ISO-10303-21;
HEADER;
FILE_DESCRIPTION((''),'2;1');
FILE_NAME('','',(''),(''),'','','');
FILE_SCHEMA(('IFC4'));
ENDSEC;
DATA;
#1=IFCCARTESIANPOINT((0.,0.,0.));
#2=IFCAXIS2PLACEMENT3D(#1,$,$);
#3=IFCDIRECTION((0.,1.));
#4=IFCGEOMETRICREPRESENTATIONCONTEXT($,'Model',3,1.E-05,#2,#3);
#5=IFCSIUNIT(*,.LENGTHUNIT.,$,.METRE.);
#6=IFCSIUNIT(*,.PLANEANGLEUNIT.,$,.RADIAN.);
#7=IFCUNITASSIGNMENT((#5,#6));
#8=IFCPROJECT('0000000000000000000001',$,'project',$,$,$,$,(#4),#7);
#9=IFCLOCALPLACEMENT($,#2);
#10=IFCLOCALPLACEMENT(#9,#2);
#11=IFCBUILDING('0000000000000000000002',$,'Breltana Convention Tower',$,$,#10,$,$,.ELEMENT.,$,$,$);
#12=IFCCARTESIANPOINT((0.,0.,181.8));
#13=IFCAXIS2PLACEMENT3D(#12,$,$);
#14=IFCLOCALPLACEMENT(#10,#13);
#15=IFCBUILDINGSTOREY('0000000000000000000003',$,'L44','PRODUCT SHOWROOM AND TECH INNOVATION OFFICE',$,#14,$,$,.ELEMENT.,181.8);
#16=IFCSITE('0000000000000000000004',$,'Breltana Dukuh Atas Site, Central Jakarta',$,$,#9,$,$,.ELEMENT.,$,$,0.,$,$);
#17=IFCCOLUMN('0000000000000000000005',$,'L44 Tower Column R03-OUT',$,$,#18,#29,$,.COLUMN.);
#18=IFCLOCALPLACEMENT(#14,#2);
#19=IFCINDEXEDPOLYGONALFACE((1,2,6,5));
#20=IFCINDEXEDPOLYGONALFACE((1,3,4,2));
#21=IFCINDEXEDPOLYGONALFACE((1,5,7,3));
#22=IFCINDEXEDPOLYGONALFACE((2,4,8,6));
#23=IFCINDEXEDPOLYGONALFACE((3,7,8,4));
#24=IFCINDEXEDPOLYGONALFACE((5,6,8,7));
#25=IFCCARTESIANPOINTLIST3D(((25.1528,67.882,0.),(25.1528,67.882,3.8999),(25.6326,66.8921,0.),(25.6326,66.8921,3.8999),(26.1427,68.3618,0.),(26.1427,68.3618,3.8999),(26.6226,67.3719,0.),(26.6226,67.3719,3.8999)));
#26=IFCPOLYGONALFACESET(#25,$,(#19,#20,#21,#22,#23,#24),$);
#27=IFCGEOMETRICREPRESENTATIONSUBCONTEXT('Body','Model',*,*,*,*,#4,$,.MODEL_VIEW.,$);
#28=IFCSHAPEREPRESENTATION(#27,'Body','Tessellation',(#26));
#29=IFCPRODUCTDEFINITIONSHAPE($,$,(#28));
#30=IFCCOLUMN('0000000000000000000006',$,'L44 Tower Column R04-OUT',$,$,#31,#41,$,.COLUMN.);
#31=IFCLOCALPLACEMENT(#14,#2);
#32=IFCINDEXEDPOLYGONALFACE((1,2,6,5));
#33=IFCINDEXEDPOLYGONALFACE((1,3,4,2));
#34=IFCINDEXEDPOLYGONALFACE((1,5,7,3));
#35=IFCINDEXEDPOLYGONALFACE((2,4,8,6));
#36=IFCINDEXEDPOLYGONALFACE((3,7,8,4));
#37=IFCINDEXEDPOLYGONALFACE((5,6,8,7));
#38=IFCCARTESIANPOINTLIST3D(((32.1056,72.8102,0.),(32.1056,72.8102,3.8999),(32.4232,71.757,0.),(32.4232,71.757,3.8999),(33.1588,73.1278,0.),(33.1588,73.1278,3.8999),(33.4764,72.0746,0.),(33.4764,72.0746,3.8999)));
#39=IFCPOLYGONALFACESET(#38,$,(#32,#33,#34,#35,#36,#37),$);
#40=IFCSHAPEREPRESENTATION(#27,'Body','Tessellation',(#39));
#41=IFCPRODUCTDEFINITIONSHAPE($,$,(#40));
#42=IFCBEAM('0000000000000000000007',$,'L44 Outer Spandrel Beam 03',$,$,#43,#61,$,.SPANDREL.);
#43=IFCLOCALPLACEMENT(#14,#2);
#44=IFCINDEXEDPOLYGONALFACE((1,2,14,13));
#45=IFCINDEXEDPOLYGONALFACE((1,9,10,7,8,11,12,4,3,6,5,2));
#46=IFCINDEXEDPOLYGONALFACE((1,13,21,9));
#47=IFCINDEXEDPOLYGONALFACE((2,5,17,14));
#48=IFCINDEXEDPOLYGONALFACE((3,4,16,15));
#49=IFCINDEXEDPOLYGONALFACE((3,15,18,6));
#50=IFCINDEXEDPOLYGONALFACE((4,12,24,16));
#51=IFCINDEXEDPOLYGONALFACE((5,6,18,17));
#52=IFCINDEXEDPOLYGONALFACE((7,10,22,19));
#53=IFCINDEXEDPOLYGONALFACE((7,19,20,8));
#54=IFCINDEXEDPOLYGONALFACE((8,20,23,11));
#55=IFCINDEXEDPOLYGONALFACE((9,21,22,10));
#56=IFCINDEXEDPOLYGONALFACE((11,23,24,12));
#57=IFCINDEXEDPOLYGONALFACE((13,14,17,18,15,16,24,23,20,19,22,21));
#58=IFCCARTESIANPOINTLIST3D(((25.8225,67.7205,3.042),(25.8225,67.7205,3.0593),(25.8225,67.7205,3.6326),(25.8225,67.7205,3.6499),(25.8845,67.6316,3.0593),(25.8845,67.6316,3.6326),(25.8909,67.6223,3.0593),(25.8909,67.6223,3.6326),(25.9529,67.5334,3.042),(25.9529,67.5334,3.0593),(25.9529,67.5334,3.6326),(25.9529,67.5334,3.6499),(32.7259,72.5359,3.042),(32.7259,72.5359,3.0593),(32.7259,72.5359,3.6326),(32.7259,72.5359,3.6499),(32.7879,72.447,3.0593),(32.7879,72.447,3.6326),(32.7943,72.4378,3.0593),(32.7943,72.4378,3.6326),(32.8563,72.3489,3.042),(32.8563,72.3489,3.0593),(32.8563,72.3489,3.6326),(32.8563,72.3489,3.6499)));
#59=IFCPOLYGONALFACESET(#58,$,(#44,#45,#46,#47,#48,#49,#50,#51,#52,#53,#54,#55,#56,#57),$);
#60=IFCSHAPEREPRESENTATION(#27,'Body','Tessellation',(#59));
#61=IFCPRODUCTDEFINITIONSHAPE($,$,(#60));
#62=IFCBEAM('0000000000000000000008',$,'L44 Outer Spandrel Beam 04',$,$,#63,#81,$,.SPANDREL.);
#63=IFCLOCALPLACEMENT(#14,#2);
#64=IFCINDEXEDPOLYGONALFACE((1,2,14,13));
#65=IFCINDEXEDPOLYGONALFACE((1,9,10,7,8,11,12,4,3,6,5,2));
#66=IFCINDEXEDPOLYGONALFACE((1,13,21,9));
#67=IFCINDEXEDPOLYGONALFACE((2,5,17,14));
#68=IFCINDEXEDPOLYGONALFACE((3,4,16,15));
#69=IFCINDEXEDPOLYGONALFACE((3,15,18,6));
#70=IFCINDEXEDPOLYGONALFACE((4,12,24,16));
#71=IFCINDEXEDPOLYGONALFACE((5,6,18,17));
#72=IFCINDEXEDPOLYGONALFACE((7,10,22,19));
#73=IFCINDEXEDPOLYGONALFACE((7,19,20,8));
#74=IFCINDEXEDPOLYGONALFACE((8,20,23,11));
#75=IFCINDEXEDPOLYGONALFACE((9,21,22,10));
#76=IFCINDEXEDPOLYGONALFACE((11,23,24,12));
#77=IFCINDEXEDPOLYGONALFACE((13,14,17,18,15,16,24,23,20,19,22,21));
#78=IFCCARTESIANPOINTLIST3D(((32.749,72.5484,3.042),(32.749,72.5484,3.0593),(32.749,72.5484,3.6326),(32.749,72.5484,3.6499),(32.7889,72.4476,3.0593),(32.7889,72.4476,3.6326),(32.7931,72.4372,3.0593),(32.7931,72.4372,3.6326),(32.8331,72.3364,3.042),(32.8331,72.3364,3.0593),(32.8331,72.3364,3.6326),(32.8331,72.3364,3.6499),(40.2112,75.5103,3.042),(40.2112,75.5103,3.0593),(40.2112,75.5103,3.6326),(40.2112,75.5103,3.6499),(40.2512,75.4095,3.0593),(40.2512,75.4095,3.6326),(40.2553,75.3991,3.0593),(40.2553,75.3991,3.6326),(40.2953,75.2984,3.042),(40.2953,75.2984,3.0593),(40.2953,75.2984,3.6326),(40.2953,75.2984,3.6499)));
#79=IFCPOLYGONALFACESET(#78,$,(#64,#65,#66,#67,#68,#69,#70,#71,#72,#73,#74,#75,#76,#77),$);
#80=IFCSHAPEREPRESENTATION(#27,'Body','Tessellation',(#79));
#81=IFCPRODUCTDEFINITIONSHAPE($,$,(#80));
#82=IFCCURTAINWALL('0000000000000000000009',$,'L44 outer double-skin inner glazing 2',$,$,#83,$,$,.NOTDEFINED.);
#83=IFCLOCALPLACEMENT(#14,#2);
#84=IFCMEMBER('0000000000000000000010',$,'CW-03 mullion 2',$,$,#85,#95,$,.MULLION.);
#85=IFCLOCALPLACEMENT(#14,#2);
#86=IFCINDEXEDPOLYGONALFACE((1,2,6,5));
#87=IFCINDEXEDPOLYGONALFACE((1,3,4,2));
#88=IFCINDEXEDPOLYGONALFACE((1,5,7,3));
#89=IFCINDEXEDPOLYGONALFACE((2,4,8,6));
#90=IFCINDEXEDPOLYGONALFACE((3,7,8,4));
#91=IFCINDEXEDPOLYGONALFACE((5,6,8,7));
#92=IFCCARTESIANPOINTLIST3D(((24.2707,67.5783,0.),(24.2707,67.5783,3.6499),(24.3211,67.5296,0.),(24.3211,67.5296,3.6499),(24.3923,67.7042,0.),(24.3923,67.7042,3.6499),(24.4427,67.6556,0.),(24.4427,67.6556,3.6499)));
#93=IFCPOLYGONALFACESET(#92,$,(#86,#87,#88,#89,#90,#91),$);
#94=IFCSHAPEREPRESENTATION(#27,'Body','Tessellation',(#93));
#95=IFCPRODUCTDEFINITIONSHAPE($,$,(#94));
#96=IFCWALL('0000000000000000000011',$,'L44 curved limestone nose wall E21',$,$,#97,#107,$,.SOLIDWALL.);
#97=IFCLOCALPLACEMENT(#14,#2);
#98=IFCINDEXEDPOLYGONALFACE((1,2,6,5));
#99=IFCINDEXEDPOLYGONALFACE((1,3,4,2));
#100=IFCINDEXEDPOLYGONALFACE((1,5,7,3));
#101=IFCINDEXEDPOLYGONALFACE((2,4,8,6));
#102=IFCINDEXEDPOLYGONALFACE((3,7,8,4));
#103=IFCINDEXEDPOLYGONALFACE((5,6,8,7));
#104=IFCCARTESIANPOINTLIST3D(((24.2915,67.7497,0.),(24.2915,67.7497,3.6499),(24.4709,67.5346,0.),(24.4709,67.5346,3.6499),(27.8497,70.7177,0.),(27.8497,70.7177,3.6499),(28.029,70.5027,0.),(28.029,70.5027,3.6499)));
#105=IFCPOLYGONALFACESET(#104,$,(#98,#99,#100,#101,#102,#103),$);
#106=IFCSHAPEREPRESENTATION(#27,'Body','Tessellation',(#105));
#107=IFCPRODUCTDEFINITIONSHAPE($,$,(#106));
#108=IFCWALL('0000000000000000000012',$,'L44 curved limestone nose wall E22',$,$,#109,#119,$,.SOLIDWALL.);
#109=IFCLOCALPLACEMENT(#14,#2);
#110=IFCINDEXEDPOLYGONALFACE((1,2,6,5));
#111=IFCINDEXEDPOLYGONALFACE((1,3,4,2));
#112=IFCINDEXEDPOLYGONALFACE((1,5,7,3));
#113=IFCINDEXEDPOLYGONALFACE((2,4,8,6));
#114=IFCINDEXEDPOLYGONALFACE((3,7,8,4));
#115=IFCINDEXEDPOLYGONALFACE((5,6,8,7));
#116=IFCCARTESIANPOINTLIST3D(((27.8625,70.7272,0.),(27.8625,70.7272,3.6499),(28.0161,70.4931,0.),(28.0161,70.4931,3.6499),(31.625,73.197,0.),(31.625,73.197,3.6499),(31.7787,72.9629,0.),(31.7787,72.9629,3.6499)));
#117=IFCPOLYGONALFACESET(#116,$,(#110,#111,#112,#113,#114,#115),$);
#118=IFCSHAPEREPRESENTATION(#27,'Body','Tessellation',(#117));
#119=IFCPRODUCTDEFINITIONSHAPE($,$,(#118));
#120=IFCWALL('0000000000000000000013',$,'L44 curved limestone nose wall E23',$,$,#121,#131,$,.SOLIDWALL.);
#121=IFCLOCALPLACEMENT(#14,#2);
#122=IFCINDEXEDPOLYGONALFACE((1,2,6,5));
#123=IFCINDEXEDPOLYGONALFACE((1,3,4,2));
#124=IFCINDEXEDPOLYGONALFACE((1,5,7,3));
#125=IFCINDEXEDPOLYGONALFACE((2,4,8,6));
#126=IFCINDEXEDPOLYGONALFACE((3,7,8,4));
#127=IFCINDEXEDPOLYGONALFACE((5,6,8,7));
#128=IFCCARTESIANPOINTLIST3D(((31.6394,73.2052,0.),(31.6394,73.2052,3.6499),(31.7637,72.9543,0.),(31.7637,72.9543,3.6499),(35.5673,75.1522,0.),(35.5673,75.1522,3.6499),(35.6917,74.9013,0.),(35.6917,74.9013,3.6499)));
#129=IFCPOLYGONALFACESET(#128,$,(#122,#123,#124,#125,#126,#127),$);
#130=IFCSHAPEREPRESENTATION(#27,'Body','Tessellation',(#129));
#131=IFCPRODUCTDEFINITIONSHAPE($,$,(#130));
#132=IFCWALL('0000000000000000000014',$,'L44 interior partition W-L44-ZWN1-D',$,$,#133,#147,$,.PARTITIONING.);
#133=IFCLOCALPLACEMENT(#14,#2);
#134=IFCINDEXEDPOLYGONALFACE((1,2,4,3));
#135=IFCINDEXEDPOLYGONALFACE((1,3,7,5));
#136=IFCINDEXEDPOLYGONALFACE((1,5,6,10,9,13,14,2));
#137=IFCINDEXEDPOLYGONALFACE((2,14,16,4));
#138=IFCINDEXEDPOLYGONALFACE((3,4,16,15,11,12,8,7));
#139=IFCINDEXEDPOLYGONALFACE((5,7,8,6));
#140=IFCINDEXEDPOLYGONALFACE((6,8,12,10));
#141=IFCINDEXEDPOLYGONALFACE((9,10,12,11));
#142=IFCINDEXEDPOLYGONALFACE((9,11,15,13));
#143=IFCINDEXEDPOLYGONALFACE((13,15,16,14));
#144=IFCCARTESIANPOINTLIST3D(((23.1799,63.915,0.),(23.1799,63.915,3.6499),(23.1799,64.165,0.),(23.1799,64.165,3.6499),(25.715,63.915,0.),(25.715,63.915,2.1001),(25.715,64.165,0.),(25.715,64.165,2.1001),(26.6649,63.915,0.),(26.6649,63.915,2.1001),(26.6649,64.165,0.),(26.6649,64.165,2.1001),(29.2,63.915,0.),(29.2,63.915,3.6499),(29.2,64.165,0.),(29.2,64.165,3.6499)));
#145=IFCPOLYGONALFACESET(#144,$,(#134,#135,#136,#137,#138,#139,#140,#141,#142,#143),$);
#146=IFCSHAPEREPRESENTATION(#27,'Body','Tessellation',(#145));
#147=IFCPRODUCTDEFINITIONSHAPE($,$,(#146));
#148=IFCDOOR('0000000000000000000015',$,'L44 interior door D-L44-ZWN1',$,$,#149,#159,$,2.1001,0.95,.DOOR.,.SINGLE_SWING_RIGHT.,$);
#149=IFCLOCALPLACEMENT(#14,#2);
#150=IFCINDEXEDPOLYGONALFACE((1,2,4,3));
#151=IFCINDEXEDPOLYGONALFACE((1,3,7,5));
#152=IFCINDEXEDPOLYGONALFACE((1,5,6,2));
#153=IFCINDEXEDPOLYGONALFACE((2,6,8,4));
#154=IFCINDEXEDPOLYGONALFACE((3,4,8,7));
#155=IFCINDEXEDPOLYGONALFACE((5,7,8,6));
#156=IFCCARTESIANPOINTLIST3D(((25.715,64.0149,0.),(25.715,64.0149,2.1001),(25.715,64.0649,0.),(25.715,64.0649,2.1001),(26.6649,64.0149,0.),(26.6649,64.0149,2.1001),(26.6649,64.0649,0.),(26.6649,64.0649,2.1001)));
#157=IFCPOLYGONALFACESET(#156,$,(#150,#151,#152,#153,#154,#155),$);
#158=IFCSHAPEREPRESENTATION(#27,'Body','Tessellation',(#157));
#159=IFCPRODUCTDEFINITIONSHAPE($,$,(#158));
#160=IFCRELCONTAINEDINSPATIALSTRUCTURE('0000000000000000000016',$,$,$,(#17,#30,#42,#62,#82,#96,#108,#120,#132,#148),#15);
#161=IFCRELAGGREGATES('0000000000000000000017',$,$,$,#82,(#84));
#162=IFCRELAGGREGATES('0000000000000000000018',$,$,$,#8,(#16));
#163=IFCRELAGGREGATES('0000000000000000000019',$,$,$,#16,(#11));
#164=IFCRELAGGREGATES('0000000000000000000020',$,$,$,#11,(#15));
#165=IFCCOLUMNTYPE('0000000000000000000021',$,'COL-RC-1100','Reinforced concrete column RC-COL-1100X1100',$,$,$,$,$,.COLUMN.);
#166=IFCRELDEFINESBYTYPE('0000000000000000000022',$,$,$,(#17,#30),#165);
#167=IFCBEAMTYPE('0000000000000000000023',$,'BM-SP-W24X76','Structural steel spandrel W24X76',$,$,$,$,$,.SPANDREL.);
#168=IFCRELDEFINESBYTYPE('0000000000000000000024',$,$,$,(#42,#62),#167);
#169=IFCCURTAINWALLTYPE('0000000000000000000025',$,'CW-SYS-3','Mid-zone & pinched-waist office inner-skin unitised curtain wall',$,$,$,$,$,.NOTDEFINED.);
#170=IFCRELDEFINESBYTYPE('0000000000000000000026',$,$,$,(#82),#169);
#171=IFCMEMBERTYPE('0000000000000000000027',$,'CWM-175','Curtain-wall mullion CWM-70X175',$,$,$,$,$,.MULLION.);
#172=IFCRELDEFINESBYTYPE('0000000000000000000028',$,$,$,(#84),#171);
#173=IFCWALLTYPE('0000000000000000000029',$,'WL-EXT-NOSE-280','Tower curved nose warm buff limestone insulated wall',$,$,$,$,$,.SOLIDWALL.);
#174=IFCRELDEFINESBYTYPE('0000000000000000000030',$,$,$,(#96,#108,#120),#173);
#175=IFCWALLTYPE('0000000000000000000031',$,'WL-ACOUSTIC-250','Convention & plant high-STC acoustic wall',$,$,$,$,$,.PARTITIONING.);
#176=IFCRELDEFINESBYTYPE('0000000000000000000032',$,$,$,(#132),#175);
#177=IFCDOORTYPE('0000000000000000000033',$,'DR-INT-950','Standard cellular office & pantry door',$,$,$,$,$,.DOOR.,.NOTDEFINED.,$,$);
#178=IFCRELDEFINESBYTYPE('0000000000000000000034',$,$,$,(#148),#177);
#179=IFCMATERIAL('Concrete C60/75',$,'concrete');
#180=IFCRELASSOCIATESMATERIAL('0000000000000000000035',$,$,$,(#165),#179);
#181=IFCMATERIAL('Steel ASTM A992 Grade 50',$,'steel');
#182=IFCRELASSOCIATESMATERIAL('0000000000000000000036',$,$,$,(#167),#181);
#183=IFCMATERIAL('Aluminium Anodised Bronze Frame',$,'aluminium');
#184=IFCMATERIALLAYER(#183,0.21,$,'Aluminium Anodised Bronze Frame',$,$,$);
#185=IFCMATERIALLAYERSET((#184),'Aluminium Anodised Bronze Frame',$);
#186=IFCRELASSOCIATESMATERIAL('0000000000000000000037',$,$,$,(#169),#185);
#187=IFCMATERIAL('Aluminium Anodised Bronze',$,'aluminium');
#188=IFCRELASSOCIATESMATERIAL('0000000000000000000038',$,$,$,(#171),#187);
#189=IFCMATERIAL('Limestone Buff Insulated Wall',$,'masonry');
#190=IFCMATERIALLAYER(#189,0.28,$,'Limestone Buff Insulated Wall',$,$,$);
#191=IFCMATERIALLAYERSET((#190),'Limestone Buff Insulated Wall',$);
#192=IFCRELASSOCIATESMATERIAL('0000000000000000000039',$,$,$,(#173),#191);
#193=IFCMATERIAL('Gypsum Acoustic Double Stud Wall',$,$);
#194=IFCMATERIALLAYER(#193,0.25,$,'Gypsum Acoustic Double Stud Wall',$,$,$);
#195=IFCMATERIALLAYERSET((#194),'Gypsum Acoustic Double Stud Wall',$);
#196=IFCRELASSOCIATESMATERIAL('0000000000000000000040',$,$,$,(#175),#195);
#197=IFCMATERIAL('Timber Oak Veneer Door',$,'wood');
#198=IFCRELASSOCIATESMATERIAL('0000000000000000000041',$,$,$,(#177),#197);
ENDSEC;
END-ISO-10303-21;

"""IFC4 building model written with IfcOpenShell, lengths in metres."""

from ifc_helpers import new_model, si_unit, direction, frame, frame_2d, origin, origin_2d, place, context, subcontext, project, spatial, rectangle, i_section, extrude, source, transform, mapped, material, layer, layer_set, material_profile, profile_set, type_object, type_shapes, element, fill, aggregate, save


model = new_model("IFC4")

# Units and contexts
model_context = context("Model", 3, precision=1e-05, world=origin(), true_north=direction((0.0, 1.0)))
body_context = subcontext(model_context, "Body", "Model", "MODEL_VIEW")
ifc_project = project(units=[si_unit("LENGTHUNIT", "METRE"), si_unit("PLANEANGLEUNIT", "RADIAN")], contexts=[model_context])

# Site, building, storey
site_placement = place(None, origin())
site = spatial("IfcSite", under=ifc_project, at=site_placement, Name="Breltana Dukuh Atas Site, Central Jakarta", CompositionType="ELEMENT", RefElevation=0.0)
building_placement = place(site_placement, origin())
building = spatial("IfcBuilding", under=site, at=building_placement, Name="Breltana Convention Tower", CompositionType="ELEMENT")
storey_placement = place(building_placement, frame((0.0, 0.0, 181.8)))
storey = spatial("IfcBuildingStorey", under=building, at=storey_placement, Name="L44", Description="PRODUCT SHOWROOM AND TECH INNOVATION OFFICE", CompositionType="ELEMENT", Elevation=181.8)

# Columns
ifc_material_1 = material(Name="Concrete C60/75", Category="concrete")
ifc_material_profile_1 = material_profile(ifc_material_1, rectangle(XDim=1.1001, YDim=1.1001, at=origin_2d()), Name="RC-COL-1100X1100")
ifc_profile_set_1 = profile_set([ifc_material_profile_1], Name="Concrete C60/75")
column_type = type_object("IfcColumnType", Name="COL-RC-1100", Description="Reinforced concrete column RC-COL-1100X1100", PredefinedType="COLUMN", material=ifc_profile_set_1)
shared_shape_1 = source(origin(), body_context, "Body", "SweptSolid", [
    extrude(rectangle(XDim=1.1001, YDim=1.1001, at=origin_2d()), origin(), (0.0, 0.0, 1.0), 3.8999),
])
for number, where, z_axis, x_axis, name in (
    (1, (25.8877, 67.627, 0.0), (0.0, 0.0, 1.0), (-0.436174, 0.899863, 0.0), "L44 Tower Column R03-OUT"),
    (2, (32.791, 72.4424, 0.0), (0.0, 0.0, 1.0), (-0.288698, 0.95742, 0.0), "L44 Tower Column R04-OUT"),
):
    element("IfcColumn", number, at=place(storey_placement, frame(where, z_axis=z_axis, x_axis=x_axis)), inside=storey, type_object=column_type, Name=name, PredefinedType="COLUMN", context=body_context, shape_type="MappedRepresentation", body=[
        mapped(shared_shape_1, transform((0.0, 0.0, 0.0), scale=1.0)),
    ])

# Beams
ifc_material_2 = material(Name="Steel ASTM A992 Grade 50", Category="steel")
ifc_material_profile_2 = material_profile(ifc_material_2, i_section(OverallWidth=0.228, OverallDepth=0.6079, WebThickness=0.0112, FlangeThickness=0.0173, at=origin_2d()), Name="W24X76")
ifc_profile_set_2 = profile_set([ifc_material_profile_2], Name="Steel ASTM A992 Grade 50")
beam_type = type_object("IfcBeamType", Name="BM-SP-W24X76", Description="Structural steel spandrel W24X76", PredefinedType="SPANDREL", material=ifc_profile_set_2)
shared_shape_2 = source(origin(), body_context, "Body", "SweptSolid", [
    extrude(i_section(OverallWidth=0.228, OverallDepth=0.6079, WebThickness=0.0112, FlangeThickness=0.0173, at=origin_2d()), origin(), (0.0, 0.0, 1.0), 8.417),
])
beam_1_placement = place(storey_placement, frame((25.8877, 67.627, 3.3459), z_axis=(0.820174, 0.572114, 0.0), x_axis=(-0.572114, 0.820174, 0.0)))
element("IfcBeam", 3, at=beam_1_placement, inside=storey, type_object=beam_type, Name="L44 Outer Spandrel Beam 03", PredefinedType="SPANDREL", context=body_context, shape_type="MappedRepresentation", body=[
    mapped(shared_shape_2, transform((0.0, 0.0, 0.0), scale=1.0)),
])
shared_shape_3 = source(origin(), body_context, "Body", "SweptSolid", [
    extrude(i_section(OverallWidth=0.228, OverallDepth=0.6079, WebThickness=0.0112, FlangeThickness=0.0173, at=origin_2d()), origin(), (0.0, 0.0, 1.0), 8.0286),
])
beam_2_placement = place(storey_placement, frame((32.791, 72.4424, 3.3459), z_axis=(0.929459, 0.368925, 0.0), x_axis=(-0.368925, 0.929459, 0.0)))
element("IfcBeam", 4, at=beam_2_placement, inside=storey, type_object=beam_type, Name="L44 Outer Spandrel Beam 04", PredefinedType="SPANDREL", context=body_context, shape_type="MappedRepresentation", body=[
    mapped(shared_shape_3, transform((0.0, 0.0, 0.0), scale=1.0)),
])

# Curtain wall, member
ifc_material_3 = material(Name="Aluminium Anodised Bronze Frame", Category="aluminium")
ifc_layer_1 = layer(ifc_material_3, 0.21, Name="Aluminium Anodised Bronze Frame")
ifc_layer_set_1 = layer_set([ifc_layer_1], Name="Aluminium Anodised Bronze Frame")
curtain_wall_type = type_object("IfcCurtainWallType", Name="CW-SYS-3", Description="Mid-zone & pinched-waist office inner-skin unitised curtain wall", PredefinedType="NOTDEFINED", material=ifc_layer_set_1)
curtain_wall_placement = place(storey_placement, origin())
curtain_wall = element("IfcCurtainWall", 5, at=curtain_wall_placement, inside=storey, type_object=curtain_wall_type, Name="L44 outer double-skin inner glazing 2", PredefinedType="NOTDEFINED")
ifc_material_4 = material(Name="Aluminium Anodised Bronze", Category="aluminium")
ifc_material_profile_3 = material_profile(ifc_material_4, rectangle(XDim=0.0701, YDim=0.175, at=origin_2d()), Name="CWM-70X175")
ifc_profile_set_3 = profile_set([ifc_material_profile_3], Name="Aluminium Anodised Bronze")
member_type = type_object("IfcMemberType", Name="CWM-175", Description="Curtain-wall mullion CWM-70X175", PredefinedType="MULLION", material=ifc_profile_set_3)
shared_shape_4 = source(origin(), body_context, "Body", "SweptSolid", [
    extrude(rectangle(XDim=0.0701, YDim=0.175, at=origin_2d()), origin(), (0.0, 0.0, 1.0), 3.6499),
])
member_placement = place(storey_placement, frame((24.3567, 67.6169, 0.0), z_axis=(0.0, 0.0, 1.0), x_axis=(-0.719394, 0.694603, 0.0)))
member = element("IfcMember", 6, at=member_placement, type_object=member_type, Name="CW-03 mullion 2", PredefinedType="MULLION", context=body_context, shape_type="MappedRepresentation", body=[
    mapped(shared_shape_4, transform((0.0, 0.0, 0.0), scale=1.0)),
])
aggregate(curtain_wall, [member])

# Walls
ifc_material_5 = material(Name="Limestone Buff Insulated Wall", Category="masonry")
ifc_layer_2 = layer(ifc_material_5, 0.28, Name="Limestone Buff Insulated Wall")
ifc_layer_set_2 = layer_set([ifc_layer_2], Name="Limestone Buff Insulated Wall")
wall_type_1 = type_object("IfcWallType", Name="WL-EXT-NOSE-280", Description="Tower curved nose warm buff limestone insulated wall", PredefinedType="SOLIDWALL", material=ifc_layer_set_2)
shared_shape_5 = source(origin(), body_context, "Body", "SweptSolid", [
    extrude(rectangle(XDim=4.6335, YDim=0.28, at=frame_2d((2.3169, 0.0))), origin(), (0.0, 0.0, 1.0), 3.6499),
])
wall_1_placement = place(storey_placement, frame((24.3811, 67.6421, 0.0), z_axis=(0.0, 0.0, 1.0), x_axis=(0.76791, 0.640557, 0.0)))
element("IfcWall", 7, at=wall_1_placement, inside=storey, type_object=wall_type_1, Name="L44 curved limestone nose wall E21", PredefinedType="SOLIDWALL", context=body_context, shape_type="MappedRepresentation", body=[
    mapped(shared_shape_5, transform((0.0, 0.0, 0.0), scale=1.0)),
])
shared_shape_6 = source(origin(), body_context, "Body", "SweptSolid", [
    extrude(rectangle(XDim=4.5007, YDim=0.28, at=frame_2d((2.2505, 0.0))), origin(), (0.0, 0.0, 1.0), 3.6499),
])
wall_2_placement = place(storey_placement, frame((27.9392, 70.6101, 0.0), z_axis=(0.0, 0.0, 1.0), x_axis=(0.835985, 0.548752, 0.0)))
element("IfcWall", 8, at=wall_2_placement, inside=storey, type_object=wall_type_1, Name="L44 curved limestone nose wall E22", PredefinedType="SOLIDWALL", context=body_context, shape_type="MappedRepresentation", body=[
    mapped(shared_shape_6, transform((0.0, 0.0, 0.0), scale=1.0)),
])
shared_shape_7 = source(origin(), body_context, "Body", "SweptSolid", [
    extrude(rectangle(XDim=4.384, YDim=0.28, at=frame_2d((2.1919, 0.0))), origin(), (0.0, 0.0, 1.0), 3.6499),
])
wall_3_placement = place(storey_placement, frame((31.7017, 73.0798, 0.0), z_axis=(0.0, 0.0, 1.0), x_axis=(0.89597, 0.444115, 0.0)))
element("IfcWall", 9, at=wall_3_placement, inside=storey, type_object=wall_type_1, Name="L44 curved limestone nose wall E23", PredefinedType="SOLIDWALL", context=body_context, shape_type="MappedRepresentation", body=[
    mapped(shared_shape_7, transform((0.0, 0.0, 0.0), scale=1.0)),
])

# Wall, opening, door
ifc_material_6 = material(Name="Gypsum Acoustic Double Stud Wall")
ifc_layer_3 = layer(ifc_material_6, 0.25, Name="Gypsum Acoustic Double Stud Wall")
ifc_layer_set_3 = layer_set([ifc_layer_3], Name="Gypsum Acoustic Double Stud Wall")
wall_type_2 = type_object("IfcWallType", Name="WL-ACOUSTIC-250", Description="Convention & plant high-STC acoustic wall", PredefinedType="PARTITIONING", material=ifc_layer_set_3)
shared_shape_8 = source(origin(), body_context, "Body", "SweptSolid", [
    extrude(rectangle(XDim=6.02, YDim=0.25, at=frame_2d((3.01, 0.0))), origin(), (0.0, 0.0, 1.0), 3.6499),
])
wall_4_placement = place(storey_placement, frame((23.1799, 64.04, 0.0), z_axis=(0.0, 0.0, 1.0), x_axis=(1.0, 0.0, 0.0)))
wall_4 = element("IfcWall", 10, at=wall_4_placement, inside=storey, type_object=wall_type_2, Name="L44 interior partition W-L44-ZWN1-D", PredefinedType="PARTITIONING", context=body_context, shape_type="MappedRepresentation", body=[
    mapped(shared_shape_8, transform((0.0, 0.0, 0.0), scale=1.0)),
])
opening_1_placement = place(wall_4_placement, frame((2.5349, 0.0, 0.0)))
opening_1 = element("IfcOpeningElement", 11, at=opening_1_placement, cuts=wall_4, PredefinedType="OPENING", context=body_context, shape_type="SweptSolid", body=[
    extrude(rectangle(XDim=0.95, YDim=2.1001, at=frame_2d((0.4751, 1.05))), frame((0.0, 0.135, 0.0), z_axis=(0.0, -1.0, 0.0), x_axis=(1.0, 0.0, 0.0)), (0.0, 0.0, 1.0), 0.27),
])
ifc_material_7 = material(Name="Timber Oak Veneer Door", Category="wood")
door_type = type_object("IfcDoorType", Name="DR-INT-950", Description="Standard cellular office & pantry door", OperationType="NOTDEFINED", PredefinedType="DOOR", material=ifc_material_7)
shared_shape_9 = source(origin(), body_context, "Body", "SweptSolid", [
    extrude(rectangle(XDim=0.95, YDim=2.1001, at=frame_2d((0.4751, 1.05))), frame((0.0, 0.0249, 0.0), z_axis=(0.0, -1.0, 0.0), x_axis=(1.0, 0.0, 0.0)), (0.0, 0.0, 1.0), 0.05),
])
type_shapes(door_type, [shared_shape_9])
door_1_placement = place(opening_1_placement, origin())
door_1 = element("IfcDoor", 12, at=door_1_placement, inside=storey, type_object=door_type, Name="L44 interior door D-L44-ZWN1", OperationType="SINGLE_SWING_RIGHT", OverallHeight=2.1001, OverallWidth=0.95, PredefinedType="DOOR", context=body_context, shape_type="MappedRepresentation", body=[
    mapped(shared_shape_9, transform((0.0, 0.0, 0.0), scale=1.0)),
])
fill(opening_1, door_1)

save(model, "model.ifc")
